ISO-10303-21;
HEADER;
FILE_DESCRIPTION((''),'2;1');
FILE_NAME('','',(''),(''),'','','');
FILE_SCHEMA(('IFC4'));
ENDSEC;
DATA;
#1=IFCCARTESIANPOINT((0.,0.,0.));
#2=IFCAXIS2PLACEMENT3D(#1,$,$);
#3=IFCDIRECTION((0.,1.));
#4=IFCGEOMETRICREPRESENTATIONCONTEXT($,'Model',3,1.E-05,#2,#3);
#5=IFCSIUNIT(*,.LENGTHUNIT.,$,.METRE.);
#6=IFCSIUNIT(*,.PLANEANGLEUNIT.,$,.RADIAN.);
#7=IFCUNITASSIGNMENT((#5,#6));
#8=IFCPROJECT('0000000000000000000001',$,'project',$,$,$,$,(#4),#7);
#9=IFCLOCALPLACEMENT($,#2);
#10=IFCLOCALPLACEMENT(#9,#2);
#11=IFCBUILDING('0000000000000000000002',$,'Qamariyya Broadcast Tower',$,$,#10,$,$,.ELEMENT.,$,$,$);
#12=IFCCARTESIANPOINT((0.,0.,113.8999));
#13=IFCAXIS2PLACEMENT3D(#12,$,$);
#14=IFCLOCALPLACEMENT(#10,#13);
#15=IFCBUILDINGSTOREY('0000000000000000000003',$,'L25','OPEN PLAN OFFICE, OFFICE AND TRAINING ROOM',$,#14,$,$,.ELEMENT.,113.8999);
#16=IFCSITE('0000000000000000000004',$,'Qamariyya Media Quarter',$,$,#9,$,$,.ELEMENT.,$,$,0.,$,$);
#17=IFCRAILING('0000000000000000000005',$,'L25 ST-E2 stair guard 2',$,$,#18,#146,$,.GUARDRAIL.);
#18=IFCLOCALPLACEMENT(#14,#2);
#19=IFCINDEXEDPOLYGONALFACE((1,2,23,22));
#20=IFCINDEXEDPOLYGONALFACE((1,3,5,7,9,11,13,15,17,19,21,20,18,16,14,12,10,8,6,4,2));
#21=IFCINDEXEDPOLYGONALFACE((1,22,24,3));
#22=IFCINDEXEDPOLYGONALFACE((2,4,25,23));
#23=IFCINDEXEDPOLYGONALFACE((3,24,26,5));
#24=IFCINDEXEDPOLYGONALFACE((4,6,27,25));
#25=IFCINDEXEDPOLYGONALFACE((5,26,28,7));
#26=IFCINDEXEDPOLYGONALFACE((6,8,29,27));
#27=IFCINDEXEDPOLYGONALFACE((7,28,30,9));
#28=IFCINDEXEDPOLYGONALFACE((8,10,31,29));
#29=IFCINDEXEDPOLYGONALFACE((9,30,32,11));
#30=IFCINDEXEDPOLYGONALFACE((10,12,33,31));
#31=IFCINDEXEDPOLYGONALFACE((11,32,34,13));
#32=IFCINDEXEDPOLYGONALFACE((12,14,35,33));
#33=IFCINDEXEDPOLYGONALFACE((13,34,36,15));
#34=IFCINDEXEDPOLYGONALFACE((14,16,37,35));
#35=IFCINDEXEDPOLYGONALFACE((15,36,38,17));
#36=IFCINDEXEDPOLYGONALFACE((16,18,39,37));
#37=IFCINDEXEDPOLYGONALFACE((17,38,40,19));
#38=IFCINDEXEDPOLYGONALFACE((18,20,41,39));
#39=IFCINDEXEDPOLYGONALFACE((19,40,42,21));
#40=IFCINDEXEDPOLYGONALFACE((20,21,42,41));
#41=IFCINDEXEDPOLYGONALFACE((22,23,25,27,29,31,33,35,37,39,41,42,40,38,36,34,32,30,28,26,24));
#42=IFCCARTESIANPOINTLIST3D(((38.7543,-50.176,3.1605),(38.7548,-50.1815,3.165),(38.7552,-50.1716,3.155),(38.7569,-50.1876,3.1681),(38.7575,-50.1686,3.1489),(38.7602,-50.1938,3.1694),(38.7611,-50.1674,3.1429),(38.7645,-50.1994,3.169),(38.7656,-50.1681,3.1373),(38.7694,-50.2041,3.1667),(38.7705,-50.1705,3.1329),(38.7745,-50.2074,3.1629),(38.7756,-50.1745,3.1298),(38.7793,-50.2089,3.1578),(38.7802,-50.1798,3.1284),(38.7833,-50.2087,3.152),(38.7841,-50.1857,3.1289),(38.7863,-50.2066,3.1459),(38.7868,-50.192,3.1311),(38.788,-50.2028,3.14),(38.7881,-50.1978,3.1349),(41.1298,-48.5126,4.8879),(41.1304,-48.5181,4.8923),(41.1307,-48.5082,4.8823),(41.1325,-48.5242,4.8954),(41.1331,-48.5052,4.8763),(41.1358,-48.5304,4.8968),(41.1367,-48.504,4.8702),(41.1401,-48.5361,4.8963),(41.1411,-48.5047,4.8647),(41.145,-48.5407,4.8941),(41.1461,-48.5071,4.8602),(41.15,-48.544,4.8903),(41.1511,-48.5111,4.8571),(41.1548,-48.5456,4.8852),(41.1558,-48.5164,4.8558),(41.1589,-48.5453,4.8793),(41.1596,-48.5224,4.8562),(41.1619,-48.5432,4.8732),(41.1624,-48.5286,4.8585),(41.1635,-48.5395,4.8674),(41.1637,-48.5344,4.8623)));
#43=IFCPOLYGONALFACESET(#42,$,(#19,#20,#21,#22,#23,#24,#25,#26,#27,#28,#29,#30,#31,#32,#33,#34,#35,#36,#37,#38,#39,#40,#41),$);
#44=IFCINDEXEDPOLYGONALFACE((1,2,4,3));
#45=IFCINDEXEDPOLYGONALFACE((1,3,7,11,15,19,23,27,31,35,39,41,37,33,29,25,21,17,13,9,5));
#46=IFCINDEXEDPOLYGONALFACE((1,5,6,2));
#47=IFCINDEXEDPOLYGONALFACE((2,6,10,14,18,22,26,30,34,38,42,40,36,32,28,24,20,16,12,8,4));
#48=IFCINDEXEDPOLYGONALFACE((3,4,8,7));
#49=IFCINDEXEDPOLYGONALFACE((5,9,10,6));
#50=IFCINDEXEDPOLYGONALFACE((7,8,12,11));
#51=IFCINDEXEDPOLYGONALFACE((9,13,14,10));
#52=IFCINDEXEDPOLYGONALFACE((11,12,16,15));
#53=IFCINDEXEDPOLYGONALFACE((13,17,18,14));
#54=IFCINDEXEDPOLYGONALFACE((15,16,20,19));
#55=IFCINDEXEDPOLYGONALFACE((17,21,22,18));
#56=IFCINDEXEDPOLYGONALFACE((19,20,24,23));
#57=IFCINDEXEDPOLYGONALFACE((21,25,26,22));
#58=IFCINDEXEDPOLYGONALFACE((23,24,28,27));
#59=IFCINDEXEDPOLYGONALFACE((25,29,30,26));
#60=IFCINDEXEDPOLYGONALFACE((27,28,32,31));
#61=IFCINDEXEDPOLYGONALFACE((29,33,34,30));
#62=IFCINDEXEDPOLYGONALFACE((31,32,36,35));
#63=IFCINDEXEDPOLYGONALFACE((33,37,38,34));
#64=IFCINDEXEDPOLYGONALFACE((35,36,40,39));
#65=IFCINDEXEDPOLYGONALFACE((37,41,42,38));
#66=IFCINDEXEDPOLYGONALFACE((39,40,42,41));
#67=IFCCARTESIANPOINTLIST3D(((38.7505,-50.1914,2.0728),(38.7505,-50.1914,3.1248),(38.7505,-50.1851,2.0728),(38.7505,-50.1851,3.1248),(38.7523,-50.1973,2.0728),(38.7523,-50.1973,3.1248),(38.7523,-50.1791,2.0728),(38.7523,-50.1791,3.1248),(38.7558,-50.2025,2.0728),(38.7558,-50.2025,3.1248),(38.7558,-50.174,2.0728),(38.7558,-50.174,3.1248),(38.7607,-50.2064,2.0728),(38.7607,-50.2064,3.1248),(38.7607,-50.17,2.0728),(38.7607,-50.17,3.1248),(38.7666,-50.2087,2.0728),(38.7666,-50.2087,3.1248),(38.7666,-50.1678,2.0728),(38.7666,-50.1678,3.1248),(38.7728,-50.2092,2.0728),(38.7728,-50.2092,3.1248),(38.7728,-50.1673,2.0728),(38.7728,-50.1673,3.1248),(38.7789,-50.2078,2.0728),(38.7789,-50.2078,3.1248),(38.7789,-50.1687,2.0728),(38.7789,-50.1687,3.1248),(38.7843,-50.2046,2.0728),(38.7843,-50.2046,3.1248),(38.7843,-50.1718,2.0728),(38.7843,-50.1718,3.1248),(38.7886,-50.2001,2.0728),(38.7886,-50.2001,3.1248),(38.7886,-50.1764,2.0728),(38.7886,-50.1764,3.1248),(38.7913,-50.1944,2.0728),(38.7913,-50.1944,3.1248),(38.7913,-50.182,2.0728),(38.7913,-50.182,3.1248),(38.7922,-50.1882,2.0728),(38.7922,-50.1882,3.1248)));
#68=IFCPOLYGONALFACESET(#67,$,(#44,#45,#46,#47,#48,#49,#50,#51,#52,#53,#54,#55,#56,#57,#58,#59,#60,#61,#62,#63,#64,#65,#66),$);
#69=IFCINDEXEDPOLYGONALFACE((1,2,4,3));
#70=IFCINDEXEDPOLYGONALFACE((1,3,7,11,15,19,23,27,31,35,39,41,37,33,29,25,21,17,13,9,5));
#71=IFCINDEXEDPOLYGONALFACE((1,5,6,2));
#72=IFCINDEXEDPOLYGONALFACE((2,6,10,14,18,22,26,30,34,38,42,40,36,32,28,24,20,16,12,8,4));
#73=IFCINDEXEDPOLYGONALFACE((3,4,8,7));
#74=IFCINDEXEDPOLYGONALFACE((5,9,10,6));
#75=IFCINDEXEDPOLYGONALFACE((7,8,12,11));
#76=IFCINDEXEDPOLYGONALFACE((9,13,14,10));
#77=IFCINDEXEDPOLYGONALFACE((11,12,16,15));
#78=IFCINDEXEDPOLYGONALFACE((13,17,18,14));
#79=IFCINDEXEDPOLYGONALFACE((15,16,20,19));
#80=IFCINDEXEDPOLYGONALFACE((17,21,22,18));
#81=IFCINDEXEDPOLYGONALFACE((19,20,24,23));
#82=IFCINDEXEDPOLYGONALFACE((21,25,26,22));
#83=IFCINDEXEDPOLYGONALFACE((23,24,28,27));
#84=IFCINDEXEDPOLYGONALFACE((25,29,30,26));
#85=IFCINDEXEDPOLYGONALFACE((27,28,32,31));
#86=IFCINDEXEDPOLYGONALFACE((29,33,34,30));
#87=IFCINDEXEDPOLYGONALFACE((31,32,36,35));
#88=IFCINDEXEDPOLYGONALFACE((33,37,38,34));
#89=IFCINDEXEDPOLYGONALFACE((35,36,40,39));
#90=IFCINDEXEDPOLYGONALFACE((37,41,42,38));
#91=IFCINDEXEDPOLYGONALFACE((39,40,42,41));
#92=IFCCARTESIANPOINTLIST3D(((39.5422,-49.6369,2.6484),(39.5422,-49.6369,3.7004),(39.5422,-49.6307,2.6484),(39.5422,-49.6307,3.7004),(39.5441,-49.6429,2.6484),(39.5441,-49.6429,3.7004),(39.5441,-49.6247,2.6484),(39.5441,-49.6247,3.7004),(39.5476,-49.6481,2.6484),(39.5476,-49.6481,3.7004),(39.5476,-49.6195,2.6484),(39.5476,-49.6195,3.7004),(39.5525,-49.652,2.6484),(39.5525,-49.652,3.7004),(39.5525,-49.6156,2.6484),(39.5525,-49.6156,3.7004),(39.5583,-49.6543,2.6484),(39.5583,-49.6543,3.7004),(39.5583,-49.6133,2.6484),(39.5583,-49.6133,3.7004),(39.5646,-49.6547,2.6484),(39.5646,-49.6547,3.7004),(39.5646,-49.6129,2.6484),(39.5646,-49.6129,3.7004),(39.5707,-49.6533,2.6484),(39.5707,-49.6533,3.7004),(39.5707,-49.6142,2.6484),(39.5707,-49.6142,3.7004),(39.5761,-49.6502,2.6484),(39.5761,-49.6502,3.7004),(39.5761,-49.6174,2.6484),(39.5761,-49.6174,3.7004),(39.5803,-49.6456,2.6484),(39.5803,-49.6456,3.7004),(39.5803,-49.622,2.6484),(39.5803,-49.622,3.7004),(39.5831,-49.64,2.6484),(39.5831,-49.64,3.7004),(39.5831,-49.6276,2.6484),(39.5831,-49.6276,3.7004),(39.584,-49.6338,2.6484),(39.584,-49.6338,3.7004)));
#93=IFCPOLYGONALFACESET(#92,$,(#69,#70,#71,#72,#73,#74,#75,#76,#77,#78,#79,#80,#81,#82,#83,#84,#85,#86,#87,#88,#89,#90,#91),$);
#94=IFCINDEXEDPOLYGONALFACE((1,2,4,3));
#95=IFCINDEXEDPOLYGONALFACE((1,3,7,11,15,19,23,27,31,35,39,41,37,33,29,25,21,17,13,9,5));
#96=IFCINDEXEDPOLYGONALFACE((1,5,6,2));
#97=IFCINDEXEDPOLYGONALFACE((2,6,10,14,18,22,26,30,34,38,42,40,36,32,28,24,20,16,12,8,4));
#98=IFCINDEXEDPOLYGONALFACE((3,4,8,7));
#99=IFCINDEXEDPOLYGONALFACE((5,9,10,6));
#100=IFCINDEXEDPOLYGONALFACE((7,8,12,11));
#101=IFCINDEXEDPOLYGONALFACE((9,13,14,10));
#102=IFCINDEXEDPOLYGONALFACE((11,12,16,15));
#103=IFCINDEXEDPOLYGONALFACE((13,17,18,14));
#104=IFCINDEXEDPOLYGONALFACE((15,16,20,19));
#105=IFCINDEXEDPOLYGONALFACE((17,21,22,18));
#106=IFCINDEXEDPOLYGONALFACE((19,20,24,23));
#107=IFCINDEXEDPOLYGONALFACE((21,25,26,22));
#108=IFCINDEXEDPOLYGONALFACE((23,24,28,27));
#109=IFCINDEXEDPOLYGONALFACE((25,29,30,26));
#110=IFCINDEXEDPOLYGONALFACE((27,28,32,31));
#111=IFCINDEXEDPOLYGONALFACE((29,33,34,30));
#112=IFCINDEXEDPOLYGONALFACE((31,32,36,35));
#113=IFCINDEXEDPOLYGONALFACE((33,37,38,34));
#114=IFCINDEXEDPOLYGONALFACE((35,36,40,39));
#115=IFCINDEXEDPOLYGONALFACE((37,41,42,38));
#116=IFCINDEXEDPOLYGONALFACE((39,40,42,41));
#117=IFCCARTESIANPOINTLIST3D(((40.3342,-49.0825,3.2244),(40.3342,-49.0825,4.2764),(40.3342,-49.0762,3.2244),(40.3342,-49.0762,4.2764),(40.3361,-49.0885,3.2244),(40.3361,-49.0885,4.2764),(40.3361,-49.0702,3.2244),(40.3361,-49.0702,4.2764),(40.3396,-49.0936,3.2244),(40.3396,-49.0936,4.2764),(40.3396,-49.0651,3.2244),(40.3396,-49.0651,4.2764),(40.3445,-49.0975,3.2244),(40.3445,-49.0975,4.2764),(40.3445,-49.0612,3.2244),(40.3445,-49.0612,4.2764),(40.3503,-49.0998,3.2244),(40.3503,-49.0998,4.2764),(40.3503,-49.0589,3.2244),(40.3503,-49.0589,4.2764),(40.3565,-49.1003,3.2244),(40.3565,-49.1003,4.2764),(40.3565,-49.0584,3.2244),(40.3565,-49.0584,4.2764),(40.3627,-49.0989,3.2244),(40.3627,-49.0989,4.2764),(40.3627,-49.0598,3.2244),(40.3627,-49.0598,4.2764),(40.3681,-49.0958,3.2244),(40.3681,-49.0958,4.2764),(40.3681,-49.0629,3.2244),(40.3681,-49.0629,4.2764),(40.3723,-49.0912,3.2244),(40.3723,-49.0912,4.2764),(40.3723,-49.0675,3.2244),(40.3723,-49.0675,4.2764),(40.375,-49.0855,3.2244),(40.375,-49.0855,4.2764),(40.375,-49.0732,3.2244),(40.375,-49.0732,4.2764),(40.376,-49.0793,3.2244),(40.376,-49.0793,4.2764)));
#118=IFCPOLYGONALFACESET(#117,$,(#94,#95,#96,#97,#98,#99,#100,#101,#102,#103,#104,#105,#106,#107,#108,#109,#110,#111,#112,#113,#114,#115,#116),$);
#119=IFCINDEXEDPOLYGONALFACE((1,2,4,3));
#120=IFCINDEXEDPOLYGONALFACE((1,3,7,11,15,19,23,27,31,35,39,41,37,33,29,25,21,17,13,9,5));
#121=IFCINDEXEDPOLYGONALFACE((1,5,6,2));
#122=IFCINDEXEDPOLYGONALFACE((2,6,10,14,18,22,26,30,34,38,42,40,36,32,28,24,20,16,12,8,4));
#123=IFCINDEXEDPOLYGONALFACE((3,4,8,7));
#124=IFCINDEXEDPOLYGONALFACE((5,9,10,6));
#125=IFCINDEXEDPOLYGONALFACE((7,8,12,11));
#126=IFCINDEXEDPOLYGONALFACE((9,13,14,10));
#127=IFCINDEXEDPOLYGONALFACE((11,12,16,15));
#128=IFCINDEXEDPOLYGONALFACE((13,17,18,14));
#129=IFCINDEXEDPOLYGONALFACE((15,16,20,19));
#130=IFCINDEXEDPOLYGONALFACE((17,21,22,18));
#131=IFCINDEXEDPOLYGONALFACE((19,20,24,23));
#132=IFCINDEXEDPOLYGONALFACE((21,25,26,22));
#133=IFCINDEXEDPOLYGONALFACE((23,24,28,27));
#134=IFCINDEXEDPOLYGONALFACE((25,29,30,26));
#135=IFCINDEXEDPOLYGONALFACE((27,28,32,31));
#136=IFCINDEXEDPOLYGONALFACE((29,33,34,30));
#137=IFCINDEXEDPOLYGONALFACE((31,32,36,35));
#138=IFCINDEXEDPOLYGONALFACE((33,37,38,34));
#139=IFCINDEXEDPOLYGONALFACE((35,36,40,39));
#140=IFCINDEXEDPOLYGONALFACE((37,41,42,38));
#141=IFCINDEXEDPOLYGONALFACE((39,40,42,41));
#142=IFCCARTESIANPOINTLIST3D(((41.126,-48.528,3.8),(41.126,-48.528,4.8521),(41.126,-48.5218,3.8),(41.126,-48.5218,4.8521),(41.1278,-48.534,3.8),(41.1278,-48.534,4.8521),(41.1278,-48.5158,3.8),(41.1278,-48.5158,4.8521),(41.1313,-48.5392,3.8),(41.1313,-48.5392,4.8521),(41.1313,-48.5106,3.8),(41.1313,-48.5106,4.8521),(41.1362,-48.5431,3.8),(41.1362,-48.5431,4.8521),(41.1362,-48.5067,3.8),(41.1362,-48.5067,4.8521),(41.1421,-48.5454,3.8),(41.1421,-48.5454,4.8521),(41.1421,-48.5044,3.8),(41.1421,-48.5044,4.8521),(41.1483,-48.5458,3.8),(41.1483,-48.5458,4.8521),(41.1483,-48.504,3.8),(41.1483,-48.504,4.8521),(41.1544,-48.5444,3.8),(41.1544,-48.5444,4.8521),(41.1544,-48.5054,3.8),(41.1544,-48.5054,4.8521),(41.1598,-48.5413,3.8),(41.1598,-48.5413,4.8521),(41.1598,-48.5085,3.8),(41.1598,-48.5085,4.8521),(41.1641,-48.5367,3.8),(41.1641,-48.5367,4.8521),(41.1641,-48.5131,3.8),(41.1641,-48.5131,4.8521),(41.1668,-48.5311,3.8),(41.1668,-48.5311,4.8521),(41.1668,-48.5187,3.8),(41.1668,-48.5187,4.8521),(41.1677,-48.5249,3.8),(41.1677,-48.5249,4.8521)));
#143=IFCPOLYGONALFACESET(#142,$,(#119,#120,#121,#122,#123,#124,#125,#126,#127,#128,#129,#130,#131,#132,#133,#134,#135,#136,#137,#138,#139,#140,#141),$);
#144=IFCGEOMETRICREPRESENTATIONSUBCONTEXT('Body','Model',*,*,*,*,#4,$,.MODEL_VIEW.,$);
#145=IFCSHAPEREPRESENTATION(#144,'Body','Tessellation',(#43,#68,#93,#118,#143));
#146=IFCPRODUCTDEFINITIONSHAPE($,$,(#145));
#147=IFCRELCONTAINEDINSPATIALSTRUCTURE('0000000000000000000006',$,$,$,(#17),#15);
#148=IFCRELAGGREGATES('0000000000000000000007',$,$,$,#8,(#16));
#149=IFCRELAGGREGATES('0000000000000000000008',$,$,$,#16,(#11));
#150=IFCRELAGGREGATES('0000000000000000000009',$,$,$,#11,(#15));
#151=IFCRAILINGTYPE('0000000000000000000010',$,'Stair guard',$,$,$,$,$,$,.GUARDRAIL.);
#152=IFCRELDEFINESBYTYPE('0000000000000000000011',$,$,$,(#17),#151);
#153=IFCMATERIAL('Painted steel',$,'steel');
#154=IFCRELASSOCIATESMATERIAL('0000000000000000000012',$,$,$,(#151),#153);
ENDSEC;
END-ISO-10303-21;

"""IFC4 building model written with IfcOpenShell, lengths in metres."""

from ifc_helpers import new_model, si_unit, direction, frame, origin, origin_2d, place, context, subcontext, project, spatial, circle, extrude, material, type_object, element, save


model = new_model("IFC4")

# Units and contexts
model_context = context("Model", 3, precision=1e-05, world=origin(), true_north=direction((0.0, 1.0)))
body_context = subcontext(model_context, "Body", "Model", "MODEL_VIEW")
ifc_project = project(units=[si_unit("LENGTHUNIT", "METRE"), si_unit("PLANEANGLEUNIT", "RADIAN")], contexts=[model_context])

# Site, building, storey
site_placement = place(None, origin())
site = spatial("IfcSite", under=ifc_project, at=site_placement, Name="Qamariyya Media Quarter", CompositionType="ELEMENT", RefElevation=0.0)
building_placement = place(site_placement, origin())
building = spatial("IfcBuilding", under=site, at=building_placement, Name="Qamariyya Broadcast Tower", CompositionType="ELEMENT")
storey_placement = place(building_placement, frame((0.0, 0.0, 113.8999)))
storey = spatial("IfcBuildingStorey", under=building, at=storey_placement, Name="L25", Description="OPEN PLAN OFFICE, OFFICE AND TRAINING ROOM", CompositionType="ELEMENT", Elevation=113.8999)

# Railing
ifc_material_1 = material(Name="Painted steel", Category="steel")
railing_type_1 = type_object("IfcRailingType", Name="Stair guard", PredefinedType="GUARDRAIL", material=ifc_material_1)
railing_1_placement = place(storey_placement, frame((38.7712, -50.1882, 2.0728)))
element("IfcRailing", 1, at=railing_1_placement, inside=storey, type_object=railing_type_1, Name="L25 ST-E2 stair guard 2", PredefinedType="GUARDRAIL", context=body_context, shape_type="SweptSolid", body=[
    extrude(circle(Radius=0.0239, at=origin_2d()), frame((0.0, 0.0, 1.0762), z_axis=(0.70377, 0.492784, 0.511734), x_axis=(-0.573575, 0.819153, 0.0)), (0.0, 0.0, 1.0), 3.3755),
    extrude(circle(Radius=0.021, at=origin_2d()), origin(), (0.0, 0.0, 1.0), 1.052),
    extrude(circle(Radius=0.021, at=origin_2d()), frame((0.7917, 0.5544, 0.5757)), (0.0, 0.0, 1.0), 1.052),
    extrude(circle(Radius=0.021, at=origin_2d()), frame((1.5837, 1.1089, 1.1516)), (0.0, 0.0, 1.0), 1.052),
    extrude(circle(Radius=0.021, at=origin_2d()), frame((2.3755, 1.6633, 1.7273)), (0.0, 0.0, 1.0), 1.052),
])

save(model, "model.ifc")
